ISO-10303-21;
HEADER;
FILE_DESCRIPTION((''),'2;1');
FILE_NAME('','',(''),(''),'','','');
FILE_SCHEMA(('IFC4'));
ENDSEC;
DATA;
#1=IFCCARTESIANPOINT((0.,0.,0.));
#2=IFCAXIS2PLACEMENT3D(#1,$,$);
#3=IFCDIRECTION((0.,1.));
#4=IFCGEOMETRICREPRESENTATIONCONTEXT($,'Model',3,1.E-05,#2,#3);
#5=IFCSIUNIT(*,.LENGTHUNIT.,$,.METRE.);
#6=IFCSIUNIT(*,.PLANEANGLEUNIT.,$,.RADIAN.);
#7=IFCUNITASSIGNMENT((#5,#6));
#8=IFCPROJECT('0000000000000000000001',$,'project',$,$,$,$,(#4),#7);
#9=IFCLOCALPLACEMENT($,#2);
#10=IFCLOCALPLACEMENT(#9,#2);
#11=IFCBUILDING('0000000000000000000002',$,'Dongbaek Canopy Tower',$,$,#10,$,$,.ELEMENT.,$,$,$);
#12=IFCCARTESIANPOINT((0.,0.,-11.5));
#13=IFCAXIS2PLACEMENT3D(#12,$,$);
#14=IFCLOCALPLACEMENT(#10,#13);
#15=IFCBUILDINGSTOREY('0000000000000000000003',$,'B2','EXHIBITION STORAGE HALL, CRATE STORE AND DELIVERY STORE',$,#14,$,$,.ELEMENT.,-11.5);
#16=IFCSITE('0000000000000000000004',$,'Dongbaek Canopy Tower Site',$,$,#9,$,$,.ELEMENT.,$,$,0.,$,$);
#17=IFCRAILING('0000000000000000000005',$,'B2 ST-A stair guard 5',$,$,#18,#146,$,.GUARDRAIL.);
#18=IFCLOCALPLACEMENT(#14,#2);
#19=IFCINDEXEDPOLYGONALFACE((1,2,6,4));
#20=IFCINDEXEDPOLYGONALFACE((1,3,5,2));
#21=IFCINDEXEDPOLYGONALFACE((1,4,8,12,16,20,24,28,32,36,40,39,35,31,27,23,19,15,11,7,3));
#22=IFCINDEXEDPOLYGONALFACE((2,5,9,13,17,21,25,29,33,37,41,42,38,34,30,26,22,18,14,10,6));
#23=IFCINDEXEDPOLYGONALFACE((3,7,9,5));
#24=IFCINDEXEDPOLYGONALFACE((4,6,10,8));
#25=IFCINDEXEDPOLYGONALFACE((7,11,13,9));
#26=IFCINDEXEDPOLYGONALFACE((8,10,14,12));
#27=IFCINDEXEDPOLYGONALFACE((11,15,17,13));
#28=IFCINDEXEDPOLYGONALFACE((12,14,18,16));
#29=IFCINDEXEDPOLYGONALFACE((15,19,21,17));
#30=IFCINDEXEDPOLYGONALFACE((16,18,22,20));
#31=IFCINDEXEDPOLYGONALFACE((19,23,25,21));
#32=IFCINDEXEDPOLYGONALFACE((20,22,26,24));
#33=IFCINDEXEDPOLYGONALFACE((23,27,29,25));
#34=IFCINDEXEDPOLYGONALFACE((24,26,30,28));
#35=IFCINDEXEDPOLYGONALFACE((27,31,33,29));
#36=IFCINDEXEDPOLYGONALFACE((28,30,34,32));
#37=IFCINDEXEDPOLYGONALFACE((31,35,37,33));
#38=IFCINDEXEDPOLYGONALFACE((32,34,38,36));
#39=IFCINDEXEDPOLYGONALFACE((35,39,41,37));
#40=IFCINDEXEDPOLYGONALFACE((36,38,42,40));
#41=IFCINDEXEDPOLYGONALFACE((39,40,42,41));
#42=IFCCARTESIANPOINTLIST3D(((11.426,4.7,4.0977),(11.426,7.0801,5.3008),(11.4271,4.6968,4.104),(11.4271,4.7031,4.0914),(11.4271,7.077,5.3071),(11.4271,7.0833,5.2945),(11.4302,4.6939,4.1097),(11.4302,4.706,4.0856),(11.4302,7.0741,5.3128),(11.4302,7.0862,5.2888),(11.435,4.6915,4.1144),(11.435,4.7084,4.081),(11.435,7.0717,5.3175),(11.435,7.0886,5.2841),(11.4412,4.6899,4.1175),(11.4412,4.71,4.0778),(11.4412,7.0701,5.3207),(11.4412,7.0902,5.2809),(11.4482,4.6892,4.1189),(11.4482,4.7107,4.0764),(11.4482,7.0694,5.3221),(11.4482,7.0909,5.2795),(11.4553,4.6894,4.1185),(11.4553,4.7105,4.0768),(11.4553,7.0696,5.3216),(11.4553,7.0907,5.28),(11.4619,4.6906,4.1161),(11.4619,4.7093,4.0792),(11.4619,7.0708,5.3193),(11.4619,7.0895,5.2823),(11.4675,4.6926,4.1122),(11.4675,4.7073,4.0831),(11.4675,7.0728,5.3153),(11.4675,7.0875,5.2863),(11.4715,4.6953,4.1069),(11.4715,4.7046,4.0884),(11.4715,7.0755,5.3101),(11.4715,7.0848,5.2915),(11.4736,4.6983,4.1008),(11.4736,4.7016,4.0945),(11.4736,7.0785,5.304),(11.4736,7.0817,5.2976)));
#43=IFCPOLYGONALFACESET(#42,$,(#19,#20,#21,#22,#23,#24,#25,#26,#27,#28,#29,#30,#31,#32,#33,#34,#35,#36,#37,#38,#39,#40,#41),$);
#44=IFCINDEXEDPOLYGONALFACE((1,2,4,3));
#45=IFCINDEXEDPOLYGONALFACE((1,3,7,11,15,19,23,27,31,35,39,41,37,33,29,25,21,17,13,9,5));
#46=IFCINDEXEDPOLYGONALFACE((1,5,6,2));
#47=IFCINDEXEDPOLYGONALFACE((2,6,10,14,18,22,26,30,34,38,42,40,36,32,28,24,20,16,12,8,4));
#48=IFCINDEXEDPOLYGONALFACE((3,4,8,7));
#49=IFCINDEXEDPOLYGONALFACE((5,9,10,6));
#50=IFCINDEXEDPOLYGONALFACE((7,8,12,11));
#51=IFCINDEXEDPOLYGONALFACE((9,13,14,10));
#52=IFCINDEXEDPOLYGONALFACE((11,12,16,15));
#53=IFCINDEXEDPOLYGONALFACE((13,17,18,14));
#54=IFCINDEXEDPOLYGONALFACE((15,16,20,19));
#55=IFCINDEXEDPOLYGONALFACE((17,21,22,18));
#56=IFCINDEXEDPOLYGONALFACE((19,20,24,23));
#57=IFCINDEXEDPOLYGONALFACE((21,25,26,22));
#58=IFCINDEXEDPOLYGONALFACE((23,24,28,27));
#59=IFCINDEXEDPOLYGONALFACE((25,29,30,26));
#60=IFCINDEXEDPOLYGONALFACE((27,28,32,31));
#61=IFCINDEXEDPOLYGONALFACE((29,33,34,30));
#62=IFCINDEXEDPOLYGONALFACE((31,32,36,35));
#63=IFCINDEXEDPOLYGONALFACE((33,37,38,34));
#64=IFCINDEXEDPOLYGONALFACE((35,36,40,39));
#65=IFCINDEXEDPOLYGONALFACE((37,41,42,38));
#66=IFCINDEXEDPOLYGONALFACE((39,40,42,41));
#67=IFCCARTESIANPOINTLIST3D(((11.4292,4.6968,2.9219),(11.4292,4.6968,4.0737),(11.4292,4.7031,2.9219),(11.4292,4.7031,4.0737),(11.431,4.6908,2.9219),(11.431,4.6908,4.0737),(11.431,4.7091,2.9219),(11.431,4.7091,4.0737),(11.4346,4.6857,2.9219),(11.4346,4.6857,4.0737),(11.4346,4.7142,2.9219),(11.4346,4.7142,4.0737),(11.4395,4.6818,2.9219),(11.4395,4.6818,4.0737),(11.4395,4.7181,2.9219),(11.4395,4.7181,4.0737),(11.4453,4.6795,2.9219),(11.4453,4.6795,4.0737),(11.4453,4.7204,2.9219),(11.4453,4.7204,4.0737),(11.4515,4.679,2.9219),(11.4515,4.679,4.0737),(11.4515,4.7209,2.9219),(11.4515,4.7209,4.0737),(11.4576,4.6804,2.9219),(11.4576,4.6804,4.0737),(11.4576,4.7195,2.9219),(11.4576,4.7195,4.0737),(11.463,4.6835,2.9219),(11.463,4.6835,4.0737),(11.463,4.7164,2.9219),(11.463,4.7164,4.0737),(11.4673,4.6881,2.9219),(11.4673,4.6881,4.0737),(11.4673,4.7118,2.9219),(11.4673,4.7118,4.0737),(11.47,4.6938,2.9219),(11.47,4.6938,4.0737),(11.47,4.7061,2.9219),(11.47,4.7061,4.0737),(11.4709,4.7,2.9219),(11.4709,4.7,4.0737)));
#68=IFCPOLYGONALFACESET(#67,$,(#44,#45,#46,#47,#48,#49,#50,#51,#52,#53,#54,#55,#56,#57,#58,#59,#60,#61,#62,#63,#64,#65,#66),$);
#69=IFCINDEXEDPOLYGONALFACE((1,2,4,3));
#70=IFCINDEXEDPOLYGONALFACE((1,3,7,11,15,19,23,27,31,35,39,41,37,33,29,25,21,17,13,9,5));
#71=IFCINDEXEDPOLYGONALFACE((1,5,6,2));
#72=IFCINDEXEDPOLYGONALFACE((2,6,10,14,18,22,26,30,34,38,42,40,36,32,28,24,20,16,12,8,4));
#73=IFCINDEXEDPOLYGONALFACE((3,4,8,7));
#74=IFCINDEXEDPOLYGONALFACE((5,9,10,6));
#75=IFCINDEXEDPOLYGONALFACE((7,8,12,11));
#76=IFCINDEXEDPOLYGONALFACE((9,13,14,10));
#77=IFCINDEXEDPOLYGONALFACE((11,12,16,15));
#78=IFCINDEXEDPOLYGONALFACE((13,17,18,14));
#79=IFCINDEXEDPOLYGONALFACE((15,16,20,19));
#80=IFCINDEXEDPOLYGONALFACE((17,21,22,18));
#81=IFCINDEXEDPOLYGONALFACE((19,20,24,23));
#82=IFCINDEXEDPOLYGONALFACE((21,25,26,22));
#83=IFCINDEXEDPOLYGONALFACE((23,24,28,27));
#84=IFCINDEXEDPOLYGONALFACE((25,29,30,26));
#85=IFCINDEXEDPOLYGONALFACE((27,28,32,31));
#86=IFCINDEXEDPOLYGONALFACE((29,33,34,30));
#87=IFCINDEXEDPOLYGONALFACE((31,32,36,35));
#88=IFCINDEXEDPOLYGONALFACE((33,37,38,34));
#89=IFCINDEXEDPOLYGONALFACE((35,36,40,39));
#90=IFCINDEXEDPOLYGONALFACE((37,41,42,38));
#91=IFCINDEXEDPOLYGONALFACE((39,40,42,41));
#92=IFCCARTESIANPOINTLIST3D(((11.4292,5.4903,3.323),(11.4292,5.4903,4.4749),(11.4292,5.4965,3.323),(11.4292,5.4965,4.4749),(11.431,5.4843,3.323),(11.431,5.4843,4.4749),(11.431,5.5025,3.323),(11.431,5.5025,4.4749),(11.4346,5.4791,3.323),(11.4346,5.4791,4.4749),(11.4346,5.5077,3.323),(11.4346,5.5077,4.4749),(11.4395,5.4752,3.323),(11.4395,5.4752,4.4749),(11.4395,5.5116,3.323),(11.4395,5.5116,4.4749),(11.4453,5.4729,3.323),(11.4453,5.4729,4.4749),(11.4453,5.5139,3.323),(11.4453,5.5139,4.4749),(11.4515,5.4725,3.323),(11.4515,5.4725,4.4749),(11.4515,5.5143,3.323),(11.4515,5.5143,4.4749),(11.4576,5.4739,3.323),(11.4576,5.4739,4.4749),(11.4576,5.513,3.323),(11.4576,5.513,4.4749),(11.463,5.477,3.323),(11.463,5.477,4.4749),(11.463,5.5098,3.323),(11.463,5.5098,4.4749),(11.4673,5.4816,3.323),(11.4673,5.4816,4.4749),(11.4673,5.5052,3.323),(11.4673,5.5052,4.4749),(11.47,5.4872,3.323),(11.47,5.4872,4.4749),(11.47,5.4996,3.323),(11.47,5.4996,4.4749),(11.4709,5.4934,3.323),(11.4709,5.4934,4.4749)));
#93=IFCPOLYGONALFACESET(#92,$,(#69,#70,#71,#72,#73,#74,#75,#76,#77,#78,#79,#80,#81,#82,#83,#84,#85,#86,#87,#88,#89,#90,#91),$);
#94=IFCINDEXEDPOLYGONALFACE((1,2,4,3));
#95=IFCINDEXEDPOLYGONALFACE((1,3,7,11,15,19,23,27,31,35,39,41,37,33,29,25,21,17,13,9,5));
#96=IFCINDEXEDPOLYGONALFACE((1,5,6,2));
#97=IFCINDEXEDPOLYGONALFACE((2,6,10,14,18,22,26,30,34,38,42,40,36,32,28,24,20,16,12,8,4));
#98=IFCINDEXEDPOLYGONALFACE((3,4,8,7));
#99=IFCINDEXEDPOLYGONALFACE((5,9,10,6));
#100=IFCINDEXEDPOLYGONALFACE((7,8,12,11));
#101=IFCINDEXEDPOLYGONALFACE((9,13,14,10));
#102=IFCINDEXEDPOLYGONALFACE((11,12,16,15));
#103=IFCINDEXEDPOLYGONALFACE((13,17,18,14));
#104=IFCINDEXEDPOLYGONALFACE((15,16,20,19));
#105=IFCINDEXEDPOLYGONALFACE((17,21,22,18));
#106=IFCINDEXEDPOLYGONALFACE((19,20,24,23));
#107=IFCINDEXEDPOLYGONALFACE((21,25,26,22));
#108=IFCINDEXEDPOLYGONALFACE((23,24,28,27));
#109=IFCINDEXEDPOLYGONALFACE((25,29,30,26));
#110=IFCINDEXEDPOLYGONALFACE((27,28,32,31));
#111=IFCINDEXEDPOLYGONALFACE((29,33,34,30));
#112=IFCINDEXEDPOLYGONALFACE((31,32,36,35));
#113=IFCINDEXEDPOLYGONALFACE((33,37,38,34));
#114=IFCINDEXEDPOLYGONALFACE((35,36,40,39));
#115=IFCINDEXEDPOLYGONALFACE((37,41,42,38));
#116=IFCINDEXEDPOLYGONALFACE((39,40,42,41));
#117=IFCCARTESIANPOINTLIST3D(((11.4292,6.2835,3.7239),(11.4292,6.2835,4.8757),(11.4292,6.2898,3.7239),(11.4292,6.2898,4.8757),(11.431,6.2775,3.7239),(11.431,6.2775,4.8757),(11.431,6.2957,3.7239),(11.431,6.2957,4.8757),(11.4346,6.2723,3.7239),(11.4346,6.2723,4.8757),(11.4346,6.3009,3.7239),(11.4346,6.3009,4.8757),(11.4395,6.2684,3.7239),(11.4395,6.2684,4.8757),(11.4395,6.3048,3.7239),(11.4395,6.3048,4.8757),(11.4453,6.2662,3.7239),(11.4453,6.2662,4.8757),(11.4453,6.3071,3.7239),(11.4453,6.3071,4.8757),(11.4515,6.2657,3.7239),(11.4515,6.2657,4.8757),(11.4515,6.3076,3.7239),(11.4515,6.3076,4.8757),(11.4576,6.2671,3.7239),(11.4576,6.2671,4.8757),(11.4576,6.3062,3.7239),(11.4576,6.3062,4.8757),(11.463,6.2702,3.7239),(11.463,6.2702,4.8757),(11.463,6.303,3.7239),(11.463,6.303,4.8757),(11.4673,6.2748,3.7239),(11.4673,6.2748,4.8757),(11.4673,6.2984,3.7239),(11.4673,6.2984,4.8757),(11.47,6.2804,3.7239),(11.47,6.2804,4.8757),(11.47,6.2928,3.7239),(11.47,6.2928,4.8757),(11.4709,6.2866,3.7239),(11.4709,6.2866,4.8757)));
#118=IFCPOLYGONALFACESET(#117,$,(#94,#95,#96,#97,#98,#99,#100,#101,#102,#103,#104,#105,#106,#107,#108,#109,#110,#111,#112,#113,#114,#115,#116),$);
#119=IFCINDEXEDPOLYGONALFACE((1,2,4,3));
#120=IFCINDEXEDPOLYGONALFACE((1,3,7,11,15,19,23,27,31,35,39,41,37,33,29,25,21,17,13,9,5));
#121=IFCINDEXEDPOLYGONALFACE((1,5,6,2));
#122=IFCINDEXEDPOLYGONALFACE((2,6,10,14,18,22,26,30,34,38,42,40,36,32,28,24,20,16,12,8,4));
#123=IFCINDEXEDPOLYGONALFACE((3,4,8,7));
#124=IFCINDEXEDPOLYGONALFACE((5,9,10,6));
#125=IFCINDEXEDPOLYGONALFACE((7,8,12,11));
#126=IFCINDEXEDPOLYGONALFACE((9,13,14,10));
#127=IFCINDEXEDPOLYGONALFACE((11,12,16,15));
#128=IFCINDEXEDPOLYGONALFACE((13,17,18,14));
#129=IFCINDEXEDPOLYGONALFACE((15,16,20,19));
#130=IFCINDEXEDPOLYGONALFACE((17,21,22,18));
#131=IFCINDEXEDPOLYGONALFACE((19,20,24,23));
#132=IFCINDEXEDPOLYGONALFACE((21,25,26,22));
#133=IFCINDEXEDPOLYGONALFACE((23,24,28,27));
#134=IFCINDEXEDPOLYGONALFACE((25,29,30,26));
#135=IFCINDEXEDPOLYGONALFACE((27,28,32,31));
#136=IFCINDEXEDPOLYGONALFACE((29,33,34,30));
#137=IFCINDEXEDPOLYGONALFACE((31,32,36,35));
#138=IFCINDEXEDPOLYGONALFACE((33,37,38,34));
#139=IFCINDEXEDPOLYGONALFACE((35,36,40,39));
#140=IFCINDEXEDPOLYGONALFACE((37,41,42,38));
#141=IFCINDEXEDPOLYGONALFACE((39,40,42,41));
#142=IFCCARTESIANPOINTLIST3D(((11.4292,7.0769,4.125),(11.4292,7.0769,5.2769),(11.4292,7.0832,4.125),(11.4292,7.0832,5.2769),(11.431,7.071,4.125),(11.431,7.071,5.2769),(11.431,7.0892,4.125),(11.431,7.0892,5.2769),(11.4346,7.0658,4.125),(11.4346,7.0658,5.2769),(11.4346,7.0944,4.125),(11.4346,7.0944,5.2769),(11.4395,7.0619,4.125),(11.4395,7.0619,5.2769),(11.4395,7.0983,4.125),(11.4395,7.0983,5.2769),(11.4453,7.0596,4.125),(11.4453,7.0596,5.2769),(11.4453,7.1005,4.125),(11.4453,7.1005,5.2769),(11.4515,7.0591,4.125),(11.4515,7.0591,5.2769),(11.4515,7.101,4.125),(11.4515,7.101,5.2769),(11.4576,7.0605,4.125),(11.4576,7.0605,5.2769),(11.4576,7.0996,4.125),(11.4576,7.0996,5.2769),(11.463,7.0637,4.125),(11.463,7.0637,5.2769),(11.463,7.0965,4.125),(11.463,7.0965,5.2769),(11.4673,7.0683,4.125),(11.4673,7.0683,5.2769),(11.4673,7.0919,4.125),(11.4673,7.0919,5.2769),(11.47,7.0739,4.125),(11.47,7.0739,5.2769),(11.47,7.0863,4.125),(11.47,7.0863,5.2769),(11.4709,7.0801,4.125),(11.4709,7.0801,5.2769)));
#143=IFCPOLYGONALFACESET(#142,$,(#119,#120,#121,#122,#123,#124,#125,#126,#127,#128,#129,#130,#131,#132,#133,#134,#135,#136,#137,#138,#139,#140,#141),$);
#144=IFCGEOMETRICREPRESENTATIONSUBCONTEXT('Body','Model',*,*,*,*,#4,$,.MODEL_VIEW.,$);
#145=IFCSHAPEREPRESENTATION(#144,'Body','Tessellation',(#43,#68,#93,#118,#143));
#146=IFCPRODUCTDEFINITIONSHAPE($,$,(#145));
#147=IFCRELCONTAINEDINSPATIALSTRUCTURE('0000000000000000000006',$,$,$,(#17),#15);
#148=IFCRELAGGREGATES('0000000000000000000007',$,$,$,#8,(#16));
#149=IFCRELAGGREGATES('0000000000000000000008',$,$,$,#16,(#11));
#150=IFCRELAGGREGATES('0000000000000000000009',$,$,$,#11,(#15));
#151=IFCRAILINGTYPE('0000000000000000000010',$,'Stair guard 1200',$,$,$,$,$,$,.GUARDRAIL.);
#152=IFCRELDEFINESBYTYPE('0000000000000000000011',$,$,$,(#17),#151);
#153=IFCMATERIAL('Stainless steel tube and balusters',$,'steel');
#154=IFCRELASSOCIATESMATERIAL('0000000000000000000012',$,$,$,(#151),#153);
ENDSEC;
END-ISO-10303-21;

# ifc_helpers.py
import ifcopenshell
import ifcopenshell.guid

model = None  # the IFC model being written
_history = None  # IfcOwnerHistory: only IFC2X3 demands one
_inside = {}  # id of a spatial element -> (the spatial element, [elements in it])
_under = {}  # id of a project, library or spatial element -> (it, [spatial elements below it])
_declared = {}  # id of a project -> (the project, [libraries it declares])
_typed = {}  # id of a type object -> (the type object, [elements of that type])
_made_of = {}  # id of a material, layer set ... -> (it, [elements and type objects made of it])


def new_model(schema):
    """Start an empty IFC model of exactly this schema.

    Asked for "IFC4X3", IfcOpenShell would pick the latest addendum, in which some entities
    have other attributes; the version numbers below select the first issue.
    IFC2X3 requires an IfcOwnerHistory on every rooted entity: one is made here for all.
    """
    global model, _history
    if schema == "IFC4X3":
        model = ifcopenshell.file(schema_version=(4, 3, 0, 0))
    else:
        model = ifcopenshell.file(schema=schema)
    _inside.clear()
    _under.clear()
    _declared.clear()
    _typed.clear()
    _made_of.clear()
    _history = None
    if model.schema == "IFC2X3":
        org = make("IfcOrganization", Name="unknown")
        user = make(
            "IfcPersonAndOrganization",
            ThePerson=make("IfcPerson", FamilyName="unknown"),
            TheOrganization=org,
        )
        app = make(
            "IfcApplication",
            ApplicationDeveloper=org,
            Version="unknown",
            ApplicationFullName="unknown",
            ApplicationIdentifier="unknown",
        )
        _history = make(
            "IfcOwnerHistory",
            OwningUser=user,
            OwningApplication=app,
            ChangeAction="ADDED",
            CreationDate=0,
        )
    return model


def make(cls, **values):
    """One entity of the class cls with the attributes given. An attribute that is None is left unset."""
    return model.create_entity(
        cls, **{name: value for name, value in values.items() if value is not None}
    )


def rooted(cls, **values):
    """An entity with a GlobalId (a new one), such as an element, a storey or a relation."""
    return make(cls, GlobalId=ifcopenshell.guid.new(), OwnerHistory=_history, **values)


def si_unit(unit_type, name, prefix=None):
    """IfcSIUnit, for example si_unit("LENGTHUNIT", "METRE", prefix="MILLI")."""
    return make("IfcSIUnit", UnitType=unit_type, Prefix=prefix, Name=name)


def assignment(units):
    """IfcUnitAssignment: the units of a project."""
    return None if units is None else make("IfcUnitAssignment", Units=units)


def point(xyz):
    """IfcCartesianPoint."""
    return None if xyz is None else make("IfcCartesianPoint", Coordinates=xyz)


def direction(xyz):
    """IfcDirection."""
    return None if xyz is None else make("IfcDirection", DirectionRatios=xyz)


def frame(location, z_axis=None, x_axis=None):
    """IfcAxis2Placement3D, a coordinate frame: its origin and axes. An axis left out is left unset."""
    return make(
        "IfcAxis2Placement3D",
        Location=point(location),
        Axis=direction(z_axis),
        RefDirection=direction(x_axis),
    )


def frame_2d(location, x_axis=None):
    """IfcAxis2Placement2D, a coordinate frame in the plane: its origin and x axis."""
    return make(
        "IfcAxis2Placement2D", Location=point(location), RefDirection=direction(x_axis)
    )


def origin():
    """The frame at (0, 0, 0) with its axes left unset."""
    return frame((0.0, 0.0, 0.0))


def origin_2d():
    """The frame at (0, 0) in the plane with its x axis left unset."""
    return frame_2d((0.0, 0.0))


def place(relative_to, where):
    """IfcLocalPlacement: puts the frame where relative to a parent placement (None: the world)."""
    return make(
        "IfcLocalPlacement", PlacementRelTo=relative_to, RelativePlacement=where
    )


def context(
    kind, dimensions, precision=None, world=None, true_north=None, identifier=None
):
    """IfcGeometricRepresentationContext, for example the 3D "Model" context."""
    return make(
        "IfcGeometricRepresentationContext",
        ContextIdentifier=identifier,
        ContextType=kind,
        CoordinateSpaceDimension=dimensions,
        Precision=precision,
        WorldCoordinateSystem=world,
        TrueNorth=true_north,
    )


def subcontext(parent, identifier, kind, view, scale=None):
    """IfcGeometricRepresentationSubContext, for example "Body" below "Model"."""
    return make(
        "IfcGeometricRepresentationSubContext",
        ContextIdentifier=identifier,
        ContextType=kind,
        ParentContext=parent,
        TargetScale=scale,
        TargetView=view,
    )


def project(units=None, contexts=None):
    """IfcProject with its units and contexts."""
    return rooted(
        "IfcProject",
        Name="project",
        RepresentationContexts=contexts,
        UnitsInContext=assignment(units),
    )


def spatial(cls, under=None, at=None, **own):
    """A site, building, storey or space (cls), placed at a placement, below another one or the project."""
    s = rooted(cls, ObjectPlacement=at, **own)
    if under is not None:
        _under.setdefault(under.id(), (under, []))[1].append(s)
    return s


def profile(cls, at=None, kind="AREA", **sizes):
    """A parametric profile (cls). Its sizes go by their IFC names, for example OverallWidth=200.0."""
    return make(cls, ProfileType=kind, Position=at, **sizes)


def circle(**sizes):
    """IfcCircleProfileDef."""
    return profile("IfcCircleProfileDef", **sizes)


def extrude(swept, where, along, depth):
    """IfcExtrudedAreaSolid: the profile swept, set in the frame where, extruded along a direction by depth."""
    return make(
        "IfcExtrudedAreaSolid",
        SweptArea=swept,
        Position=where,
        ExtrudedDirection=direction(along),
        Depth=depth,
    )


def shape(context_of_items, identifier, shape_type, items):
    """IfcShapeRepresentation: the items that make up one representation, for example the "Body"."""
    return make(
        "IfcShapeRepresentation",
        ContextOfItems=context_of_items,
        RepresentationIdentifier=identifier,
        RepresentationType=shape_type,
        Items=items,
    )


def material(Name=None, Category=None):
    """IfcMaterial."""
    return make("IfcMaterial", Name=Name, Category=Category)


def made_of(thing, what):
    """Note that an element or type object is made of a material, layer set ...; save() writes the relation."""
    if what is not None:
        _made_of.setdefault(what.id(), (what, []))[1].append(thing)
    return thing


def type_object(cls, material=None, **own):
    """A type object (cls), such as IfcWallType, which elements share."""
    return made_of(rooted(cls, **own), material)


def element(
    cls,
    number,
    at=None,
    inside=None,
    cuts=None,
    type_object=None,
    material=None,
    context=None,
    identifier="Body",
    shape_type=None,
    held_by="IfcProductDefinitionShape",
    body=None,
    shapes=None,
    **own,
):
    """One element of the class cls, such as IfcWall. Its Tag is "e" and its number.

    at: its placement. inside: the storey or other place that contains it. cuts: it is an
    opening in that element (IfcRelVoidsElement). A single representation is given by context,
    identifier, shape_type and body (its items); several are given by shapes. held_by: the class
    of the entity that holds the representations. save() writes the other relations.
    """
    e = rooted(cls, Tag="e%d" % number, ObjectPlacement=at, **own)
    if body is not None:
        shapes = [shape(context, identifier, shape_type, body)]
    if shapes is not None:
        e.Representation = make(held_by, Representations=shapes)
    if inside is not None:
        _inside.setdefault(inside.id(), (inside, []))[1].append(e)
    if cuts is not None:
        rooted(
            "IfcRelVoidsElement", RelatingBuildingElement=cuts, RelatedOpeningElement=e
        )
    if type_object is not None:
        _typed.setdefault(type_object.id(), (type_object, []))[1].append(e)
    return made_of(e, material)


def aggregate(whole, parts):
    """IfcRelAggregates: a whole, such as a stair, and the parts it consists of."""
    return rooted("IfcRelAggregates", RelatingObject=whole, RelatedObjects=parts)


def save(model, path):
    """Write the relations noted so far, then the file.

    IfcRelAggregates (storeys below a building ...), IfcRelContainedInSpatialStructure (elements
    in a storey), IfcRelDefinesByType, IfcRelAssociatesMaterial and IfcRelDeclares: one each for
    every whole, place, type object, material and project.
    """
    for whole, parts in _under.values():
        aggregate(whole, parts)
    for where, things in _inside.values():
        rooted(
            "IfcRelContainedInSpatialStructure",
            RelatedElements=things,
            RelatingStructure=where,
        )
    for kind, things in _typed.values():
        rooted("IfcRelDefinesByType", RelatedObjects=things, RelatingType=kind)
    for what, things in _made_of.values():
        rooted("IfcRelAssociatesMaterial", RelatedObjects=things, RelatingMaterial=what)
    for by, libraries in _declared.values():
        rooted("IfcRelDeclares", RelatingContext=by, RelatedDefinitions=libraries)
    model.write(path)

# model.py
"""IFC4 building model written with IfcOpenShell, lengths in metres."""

from ifc_helpers import new_model, si_unit, direction, frame, origin, origin_2d, place, context, subcontext, project, spatial, circle, extrude, material, type_object, element, save


model = new_model("IFC4")

# Units and contexts
model_context = context("Model", 3, precision=1e-05, world=origin(), true_north=direction((0.0, 1.0)))
body_context = subcontext(model_context, "Body", "Model", "MODEL_VIEW")
ifc_project = project(units=[si_unit("LENGTHUNIT", "METRE"), si_unit("PLANEANGLEUNIT", "RADIAN")], contexts=[model_context])

# Site, building, storey
site_placement = place(None, origin())
site = spatial("IfcSite", under=ifc_project, at=site_placement, Name="Dongbaek Canopy Tower Site", CompositionType="ELEMENT", RefElevation=0.0)
building_placement = place(site_placement, origin())
building = spatial("IfcBuilding", under=site, at=building_placement, Name="Dongbaek Canopy Tower", CompositionType="ELEMENT")
storey_placement = place(building_placement, frame((0.0, 0.0, -11.5)))
storey = spatial("IfcBuildingStorey", under=building, at=storey_placement, Name="B2", Description="EXHIBITION STORAGE HALL, CRATE STORE AND DELIVERY STORE", CompositionType="ELEMENT", Elevation=-11.5)

# Railing
ifc_material_1 = material(Name="Stainless steel tube and balusters", Category="steel")
railing_type_1 = type_object("IfcRailingType", Name="Stair guard 1200", PredefinedType="GUARDRAIL", material=ifc_material_1)
for number, where, name in (
    (1, (11.45, 4.7, 2.9219), "B2 ST-A stair guard 5"),
):
    element("IfcRailing", number, at=place(storey_placement, frame(where)), inside=storey, type_object=railing_type_1, Name=name, PredefinedType="GUARDRAIL", context=body_context, shape_type="SweptSolid", body=[
        extrude(circle(Radius=0.0239, at=origin_2d()), frame((0.0, 0.0, 1.1758), z_axis=(0.0, 0.89246, 0.451127), x_axis=(-1.0, 0.0, 0.0)), (0.0, 0.0, 1.0), 2.667),
        extrude(circle(Radius=0.021, at=origin_2d()), origin(), (0.0, 0.0, 1.0), 1.1519),
        extrude(circle(Radius=0.021, at=origin_2d()), frame((0.0, 0.7935, 0.4011)), (0.0, 0.0, 1.0), 1.1519),
        extrude(circle(Radius=0.021, at=origin_2d()), frame((0.0, 1.5867, 0.802)), (0.0, 0.0, 1.0), 1.1519),
        extrude(circle(Radius=0.021, at=origin_2d()), frame((0.0, 2.3801, 1.2031)), (0.0, 0.0, 1.0), 1.1519),
    ])

save(model, "model.ifc")
